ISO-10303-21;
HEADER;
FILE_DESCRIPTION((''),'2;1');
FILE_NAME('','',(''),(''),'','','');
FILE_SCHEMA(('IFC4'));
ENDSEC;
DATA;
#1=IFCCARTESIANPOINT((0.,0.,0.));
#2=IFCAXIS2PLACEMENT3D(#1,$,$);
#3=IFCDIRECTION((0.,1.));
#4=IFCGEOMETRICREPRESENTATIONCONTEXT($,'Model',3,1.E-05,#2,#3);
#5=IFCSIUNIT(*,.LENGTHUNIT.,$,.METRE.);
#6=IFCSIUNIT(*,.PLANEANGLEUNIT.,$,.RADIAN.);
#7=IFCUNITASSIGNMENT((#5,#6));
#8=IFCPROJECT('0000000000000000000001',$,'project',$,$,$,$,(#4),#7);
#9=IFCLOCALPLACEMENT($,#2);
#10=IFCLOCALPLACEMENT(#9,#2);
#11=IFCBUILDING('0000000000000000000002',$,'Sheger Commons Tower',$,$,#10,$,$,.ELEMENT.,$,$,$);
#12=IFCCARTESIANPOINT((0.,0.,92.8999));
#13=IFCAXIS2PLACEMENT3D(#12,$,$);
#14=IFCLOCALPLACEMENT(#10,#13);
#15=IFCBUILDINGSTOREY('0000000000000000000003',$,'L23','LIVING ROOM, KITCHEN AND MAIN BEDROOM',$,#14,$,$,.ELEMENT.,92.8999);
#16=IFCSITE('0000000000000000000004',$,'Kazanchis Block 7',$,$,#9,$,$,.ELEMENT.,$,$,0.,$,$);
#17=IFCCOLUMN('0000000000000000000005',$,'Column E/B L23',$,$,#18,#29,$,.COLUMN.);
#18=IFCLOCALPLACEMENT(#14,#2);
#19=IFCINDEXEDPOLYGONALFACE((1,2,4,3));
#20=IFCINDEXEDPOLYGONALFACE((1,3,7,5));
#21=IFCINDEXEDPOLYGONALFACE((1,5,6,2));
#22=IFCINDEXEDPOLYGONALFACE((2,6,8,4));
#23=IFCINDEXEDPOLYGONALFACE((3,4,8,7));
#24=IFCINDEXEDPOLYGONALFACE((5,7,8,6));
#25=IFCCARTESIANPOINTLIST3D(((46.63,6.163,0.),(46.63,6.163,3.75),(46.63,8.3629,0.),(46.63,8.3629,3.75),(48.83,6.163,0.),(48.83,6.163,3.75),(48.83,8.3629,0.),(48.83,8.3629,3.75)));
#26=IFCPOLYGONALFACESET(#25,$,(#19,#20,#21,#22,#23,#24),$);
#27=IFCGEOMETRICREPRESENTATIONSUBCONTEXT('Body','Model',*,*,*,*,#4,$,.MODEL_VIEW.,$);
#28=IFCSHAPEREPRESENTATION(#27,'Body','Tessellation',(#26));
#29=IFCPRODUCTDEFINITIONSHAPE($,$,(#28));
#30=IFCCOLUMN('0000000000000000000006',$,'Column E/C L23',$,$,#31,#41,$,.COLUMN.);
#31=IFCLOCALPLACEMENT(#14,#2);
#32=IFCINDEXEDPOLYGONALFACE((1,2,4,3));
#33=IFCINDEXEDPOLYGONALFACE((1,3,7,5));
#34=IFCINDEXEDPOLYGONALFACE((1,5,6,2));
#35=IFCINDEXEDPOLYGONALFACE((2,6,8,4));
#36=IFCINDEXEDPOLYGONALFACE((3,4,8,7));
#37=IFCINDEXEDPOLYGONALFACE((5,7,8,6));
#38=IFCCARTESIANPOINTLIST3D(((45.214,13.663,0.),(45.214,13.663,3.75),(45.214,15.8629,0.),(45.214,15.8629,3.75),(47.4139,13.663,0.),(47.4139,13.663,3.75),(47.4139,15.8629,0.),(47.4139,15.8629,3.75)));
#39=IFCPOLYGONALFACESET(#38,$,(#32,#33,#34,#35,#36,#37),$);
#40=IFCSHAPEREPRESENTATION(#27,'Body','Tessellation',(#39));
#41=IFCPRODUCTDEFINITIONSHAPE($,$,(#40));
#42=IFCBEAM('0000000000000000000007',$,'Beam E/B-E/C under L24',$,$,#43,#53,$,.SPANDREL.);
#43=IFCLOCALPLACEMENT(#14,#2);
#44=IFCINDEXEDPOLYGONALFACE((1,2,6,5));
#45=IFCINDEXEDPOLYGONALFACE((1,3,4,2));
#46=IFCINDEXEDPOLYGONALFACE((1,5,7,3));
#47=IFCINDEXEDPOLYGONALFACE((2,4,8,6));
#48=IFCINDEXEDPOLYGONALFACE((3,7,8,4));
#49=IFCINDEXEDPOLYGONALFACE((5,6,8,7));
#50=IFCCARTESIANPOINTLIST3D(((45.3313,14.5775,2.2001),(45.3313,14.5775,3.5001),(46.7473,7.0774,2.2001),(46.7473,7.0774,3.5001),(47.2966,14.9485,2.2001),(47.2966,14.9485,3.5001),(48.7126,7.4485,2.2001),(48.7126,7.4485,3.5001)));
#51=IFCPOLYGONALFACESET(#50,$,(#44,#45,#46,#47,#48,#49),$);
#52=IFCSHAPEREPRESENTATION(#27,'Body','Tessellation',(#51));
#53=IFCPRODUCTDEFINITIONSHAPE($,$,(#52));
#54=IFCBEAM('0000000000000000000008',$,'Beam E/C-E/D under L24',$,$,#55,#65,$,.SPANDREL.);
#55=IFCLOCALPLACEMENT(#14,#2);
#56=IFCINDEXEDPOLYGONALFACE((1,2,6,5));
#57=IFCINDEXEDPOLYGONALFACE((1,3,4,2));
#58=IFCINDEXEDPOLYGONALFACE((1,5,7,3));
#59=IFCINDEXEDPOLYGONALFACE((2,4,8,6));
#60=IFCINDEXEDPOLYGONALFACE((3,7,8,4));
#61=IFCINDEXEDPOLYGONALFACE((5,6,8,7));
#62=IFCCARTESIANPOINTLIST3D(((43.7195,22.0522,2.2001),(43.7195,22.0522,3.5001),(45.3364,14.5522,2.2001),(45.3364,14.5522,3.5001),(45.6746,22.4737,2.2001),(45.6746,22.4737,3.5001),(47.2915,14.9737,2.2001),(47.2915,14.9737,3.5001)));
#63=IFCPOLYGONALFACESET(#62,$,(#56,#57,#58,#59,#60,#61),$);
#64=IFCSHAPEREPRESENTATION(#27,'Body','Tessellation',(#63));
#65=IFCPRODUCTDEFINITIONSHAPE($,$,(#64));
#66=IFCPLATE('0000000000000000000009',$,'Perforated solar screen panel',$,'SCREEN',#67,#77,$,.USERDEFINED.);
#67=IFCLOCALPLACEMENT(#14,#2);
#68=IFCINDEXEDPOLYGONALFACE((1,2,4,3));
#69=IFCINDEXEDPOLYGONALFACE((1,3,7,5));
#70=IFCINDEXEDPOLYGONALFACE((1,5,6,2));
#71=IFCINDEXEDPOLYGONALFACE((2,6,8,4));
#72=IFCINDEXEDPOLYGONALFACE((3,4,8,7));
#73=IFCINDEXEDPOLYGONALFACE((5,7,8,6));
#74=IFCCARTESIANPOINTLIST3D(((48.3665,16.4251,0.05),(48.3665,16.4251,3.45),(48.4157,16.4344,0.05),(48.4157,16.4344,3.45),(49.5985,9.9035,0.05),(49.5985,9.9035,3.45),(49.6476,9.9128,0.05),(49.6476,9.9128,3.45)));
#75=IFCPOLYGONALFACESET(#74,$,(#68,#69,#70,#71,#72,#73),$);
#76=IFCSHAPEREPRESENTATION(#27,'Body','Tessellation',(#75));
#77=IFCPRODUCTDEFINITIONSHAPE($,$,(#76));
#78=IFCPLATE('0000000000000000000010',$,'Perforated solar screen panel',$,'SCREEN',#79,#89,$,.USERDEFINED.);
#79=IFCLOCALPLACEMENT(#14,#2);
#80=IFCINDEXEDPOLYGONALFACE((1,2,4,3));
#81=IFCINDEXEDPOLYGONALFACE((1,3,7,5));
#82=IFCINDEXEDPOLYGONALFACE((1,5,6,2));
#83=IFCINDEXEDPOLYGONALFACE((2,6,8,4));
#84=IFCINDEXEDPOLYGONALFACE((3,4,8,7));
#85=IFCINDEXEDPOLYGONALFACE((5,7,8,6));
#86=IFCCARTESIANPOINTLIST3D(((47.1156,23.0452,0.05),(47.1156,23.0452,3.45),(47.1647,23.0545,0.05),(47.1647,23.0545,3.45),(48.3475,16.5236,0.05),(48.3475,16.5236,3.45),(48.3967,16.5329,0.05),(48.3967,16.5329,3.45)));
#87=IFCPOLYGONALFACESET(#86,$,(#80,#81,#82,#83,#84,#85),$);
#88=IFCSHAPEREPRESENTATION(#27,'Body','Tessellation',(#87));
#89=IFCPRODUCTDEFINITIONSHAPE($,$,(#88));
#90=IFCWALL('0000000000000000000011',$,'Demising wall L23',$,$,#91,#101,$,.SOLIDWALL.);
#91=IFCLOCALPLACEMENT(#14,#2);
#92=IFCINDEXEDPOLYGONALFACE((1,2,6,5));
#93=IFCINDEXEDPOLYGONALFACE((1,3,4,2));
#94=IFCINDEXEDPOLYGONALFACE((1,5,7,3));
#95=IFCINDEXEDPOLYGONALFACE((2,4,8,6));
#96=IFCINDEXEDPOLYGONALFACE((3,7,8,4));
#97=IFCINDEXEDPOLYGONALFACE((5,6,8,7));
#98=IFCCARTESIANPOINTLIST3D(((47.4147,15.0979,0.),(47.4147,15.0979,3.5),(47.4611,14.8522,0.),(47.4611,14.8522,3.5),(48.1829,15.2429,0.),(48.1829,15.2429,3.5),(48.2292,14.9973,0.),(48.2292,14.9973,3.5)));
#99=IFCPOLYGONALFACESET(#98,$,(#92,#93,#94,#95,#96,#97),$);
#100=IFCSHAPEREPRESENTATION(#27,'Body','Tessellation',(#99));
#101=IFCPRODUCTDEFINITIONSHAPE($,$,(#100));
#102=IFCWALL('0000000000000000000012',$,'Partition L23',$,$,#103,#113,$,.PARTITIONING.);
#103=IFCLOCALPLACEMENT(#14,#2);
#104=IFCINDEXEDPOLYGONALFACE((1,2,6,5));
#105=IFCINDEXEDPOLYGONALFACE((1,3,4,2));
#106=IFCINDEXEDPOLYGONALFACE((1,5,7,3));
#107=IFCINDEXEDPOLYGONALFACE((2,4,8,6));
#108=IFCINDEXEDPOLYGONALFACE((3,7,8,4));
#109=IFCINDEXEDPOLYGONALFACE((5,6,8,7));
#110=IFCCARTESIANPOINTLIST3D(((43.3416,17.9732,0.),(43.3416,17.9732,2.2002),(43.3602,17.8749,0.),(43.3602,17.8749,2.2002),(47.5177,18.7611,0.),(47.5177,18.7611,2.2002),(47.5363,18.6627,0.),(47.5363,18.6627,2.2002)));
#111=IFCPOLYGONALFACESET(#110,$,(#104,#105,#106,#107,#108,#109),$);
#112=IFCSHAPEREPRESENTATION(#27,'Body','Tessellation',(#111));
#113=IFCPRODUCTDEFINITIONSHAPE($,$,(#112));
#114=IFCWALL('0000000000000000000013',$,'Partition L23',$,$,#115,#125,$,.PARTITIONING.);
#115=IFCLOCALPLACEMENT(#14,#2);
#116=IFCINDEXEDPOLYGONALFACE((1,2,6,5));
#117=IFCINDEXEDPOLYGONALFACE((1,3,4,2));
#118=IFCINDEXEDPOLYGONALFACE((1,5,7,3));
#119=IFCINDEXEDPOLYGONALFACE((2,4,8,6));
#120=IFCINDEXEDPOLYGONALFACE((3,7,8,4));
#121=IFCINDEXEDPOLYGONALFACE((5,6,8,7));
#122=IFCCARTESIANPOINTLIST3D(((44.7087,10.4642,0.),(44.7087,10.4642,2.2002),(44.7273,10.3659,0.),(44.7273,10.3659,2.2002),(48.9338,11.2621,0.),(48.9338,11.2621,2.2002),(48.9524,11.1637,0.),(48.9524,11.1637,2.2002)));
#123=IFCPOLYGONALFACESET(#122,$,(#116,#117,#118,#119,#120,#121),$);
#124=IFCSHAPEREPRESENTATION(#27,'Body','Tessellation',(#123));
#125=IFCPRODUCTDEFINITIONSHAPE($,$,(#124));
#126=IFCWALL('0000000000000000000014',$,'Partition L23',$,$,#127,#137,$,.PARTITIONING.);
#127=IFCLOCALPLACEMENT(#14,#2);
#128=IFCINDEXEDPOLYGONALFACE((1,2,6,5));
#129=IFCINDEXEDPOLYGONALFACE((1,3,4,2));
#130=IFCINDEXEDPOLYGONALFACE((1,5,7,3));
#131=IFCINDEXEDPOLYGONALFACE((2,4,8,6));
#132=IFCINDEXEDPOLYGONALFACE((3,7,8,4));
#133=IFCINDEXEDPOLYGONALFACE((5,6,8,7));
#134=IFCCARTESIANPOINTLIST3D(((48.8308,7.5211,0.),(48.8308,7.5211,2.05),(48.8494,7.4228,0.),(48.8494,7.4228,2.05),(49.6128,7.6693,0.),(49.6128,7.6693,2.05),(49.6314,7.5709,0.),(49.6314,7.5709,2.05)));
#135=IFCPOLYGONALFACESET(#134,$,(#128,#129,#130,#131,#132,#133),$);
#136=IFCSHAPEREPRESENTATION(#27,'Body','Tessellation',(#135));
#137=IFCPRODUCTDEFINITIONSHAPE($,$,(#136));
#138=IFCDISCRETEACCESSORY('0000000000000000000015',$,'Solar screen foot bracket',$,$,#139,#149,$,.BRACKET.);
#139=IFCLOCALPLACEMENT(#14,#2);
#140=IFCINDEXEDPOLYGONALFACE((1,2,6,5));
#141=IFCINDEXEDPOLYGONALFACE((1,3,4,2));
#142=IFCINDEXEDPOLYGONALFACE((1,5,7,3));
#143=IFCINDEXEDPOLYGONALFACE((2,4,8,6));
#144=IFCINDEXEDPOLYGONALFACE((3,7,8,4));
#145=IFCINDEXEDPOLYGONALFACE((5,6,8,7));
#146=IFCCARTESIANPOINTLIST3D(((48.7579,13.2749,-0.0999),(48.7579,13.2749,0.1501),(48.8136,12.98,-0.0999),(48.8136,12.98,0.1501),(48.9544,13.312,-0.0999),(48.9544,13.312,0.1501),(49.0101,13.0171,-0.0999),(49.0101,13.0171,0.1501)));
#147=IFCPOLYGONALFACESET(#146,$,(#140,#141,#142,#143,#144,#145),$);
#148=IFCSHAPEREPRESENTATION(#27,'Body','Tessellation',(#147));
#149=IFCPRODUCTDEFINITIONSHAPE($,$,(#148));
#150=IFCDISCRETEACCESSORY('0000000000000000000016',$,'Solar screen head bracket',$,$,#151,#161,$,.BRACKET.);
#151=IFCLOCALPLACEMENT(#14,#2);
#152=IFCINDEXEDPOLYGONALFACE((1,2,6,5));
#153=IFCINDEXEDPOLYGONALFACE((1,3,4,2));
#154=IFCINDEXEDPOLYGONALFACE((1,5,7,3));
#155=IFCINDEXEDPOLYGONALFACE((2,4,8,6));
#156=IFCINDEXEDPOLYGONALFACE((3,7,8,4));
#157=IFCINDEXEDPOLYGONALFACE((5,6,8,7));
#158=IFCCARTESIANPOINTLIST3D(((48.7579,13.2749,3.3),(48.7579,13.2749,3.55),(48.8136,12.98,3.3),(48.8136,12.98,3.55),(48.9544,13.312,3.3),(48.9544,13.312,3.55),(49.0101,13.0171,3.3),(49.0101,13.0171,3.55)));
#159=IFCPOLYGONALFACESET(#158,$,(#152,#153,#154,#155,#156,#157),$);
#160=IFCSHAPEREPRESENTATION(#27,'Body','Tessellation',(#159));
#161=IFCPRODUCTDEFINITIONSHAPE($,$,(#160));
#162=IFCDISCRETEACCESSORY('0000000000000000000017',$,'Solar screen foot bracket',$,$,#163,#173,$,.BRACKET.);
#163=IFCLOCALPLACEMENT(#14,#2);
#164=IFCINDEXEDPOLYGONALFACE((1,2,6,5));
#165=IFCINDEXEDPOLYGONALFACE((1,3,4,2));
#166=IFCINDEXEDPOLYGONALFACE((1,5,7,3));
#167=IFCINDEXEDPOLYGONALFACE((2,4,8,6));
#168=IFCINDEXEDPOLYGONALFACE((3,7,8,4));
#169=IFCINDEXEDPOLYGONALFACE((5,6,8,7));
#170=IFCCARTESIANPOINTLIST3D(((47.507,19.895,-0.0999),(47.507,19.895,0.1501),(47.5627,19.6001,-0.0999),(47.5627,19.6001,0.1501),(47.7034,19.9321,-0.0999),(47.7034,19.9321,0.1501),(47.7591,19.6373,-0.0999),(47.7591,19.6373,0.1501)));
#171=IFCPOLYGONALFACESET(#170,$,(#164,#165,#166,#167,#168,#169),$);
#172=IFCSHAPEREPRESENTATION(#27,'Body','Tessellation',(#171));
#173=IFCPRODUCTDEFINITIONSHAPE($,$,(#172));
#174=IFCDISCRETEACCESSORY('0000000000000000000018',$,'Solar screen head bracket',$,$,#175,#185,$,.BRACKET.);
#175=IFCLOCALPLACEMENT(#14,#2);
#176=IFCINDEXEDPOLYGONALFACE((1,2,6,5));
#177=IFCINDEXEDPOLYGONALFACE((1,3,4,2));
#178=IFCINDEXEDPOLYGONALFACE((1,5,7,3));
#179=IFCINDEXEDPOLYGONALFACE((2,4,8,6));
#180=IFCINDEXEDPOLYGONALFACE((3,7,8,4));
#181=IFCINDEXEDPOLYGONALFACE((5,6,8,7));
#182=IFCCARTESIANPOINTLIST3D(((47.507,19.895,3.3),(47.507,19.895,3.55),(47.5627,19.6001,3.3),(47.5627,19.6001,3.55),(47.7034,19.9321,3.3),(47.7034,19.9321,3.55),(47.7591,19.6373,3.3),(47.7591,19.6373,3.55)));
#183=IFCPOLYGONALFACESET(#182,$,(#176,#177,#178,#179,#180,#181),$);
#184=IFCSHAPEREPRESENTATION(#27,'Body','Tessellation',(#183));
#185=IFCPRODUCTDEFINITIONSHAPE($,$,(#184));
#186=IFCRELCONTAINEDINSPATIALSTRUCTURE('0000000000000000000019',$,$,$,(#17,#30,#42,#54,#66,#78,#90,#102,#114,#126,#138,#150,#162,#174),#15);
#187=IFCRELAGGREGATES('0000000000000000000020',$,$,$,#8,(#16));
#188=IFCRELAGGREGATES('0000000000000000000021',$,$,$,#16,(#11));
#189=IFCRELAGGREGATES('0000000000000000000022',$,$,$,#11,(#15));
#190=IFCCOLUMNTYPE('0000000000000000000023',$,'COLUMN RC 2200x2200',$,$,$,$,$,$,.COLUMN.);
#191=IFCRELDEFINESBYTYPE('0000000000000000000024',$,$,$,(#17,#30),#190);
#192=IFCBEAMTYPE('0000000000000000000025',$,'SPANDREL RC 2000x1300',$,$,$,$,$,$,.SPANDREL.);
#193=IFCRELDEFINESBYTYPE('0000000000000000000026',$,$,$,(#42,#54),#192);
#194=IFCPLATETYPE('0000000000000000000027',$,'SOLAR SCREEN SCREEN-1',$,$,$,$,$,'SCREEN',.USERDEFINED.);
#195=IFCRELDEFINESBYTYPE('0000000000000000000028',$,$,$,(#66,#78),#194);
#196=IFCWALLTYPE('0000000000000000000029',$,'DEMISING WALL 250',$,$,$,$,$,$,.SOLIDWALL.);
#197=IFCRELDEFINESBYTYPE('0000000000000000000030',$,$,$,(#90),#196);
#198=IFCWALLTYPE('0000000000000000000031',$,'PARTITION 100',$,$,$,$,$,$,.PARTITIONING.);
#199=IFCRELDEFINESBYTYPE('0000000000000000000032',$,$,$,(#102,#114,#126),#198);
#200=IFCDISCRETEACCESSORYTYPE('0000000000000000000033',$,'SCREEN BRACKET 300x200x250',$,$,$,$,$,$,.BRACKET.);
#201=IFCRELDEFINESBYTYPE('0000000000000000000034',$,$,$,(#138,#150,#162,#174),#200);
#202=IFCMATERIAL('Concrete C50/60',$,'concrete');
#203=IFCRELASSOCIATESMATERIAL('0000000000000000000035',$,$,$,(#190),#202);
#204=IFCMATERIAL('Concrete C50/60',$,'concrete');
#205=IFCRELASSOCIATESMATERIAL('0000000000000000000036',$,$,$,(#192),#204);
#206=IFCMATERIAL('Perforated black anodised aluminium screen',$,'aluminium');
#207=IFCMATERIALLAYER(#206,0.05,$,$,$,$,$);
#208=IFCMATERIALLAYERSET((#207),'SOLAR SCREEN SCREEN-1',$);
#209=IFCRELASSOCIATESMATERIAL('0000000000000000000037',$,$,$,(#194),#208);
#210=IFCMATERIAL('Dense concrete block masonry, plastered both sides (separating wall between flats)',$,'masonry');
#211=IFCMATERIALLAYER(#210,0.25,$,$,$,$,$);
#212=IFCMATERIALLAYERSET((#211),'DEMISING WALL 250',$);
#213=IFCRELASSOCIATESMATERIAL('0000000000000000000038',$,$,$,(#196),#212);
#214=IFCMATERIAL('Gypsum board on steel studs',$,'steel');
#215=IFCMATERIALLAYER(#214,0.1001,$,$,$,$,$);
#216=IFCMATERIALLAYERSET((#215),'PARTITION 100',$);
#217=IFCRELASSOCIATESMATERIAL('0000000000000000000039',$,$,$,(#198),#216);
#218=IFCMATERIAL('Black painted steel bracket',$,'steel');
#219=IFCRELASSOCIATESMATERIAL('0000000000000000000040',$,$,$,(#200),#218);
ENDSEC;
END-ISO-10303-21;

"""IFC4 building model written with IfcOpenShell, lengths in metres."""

from ifc_helpers import new_model, si_unit, direction, frame, frame_2d, origin, origin_2d, place, context, subcontext, project, spatial, rectangle, extrude, material, layer, layer_set, material_profile, profile_set, type_object, element, save


model = new_model("IFC4")

# Units and contexts
model_context = context("Model", 3, precision=1e-05, world=origin(), true_north=direction((0.0, 1.0)))
body_context = subcontext(model_context, "Body", "Model", "MODEL_VIEW")
ifc_project = project(units=[si_unit("LENGTHUNIT", "METRE"), si_unit("PLANEANGLEUNIT", "RADIAN")], contexts=[model_context])

# Site, building, storey
site_placement = place(None, origin())
site = spatial("IfcSite", under=ifc_project, at=site_placement, Name="Kazanchis Block 7", CompositionType="ELEMENT", RefElevation=0.0)
building_placement = place(site_placement, origin())
building = spatial("IfcBuilding", under=site, at=building_placement, Name="Sheger Commons Tower", CompositionType="ELEMENT")
storey_placement = place(building_placement, frame((0.0, 0.0, 92.8999)))
storey = spatial("IfcBuildingStorey", under=building, at=storey_placement, Name="L23", Description="LIVING ROOM, KITCHEN AND MAIN BEDROOM", CompositionType="ELEMENT", Elevation=92.8999)

# Columns
ifc_material_1 = material(Name="Concrete C50/60", Category="concrete")
ifc_material_profile_1 = material_profile(ifc_material_1, rectangle(XDim=2.2, YDim=2.2, at=origin_2d()), Name="RC 2200x2200")
ifc_profile_set_1 = profile_set([ifc_material_profile_1], Name="Concrete C50/60")
column_type = type_object("IfcColumnType", Name="COLUMN RC 2200x2200", PredefinedType="COLUMN", material=ifc_profile_set_1)
for number, where, z_axis, x_axis, name in (
    (1, (47.73, 7.2629, 0.0), (0.0, 0.0, 1.0), (1.0, 0.0, 0.0), "Column E/B L23"),
    (2, (46.314, 14.7629, 0.0), (0.0, 0.0, 1.0), (1.0, 0.0, 0.0), "Column E/C L23"),
):
    element("IfcColumn", number, at=place(storey_placement, frame(where, z_axis=z_axis, x_axis=x_axis)), inside=storey, type_object=column_type, Name=name, PredefinedType="COLUMN", context=body_context, shape_type="SweptSolid", body=[
        extrude(rectangle(XDim=2.2, YDim=2.2, at=origin_2d()), origin(), (0.0, 0.0, 1.0), 3.75),
    ])

# Beams
ifc_material_2 = material(Name="Concrete C50/60", Category="concrete")
ifc_material_profile_2 = material_profile(ifc_material_2, rectangle(XDim=2.0, YDim=1.3, at=origin_2d()), Name="RC 2000x1300")
ifc_profile_set_2 = profile_set([ifc_material_profile_2], Name="Concrete C50/60")
beam_type = type_object("IfcBeamType", Name="SPANDREL RC 2000x1300", PredefinedType="SPANDREL", material=ifc_profile_set_2)
beam_1_placement = place(storey_placement, frame((47.73, 7.2629, 2.8501), z_axis=(-0.185524, 0.98264, 0.0), x_axis=(-0.98264, -0.185524, 0.0)))
element("IfcBeam", 3, at=beam_1_placement, inside=storey, type_object=beam_type, Name="Beam E/B-E/C under L24", PredefinedType="SPANDREL", context=body_context, shape_type="SweptSolid", body=[
    extrude(rectangle(XDim=2.0, YDim=1.3, at=origin_2d()), origin(), (0.0, 0.0, 1.0), 7.6326),
])
beam_2_placement = place(storey_placement, frame((46.314, 14.7629, 2.8501), z_axis=(-0.21075, 0.97754, 0.0), x_axis=(-0.97754, -0.21075, 0.0)))
element("IfcBeam", 4, at=beam_2_placement, inside=storey, type_object=beam_type, Name="Beam E/C-E/D under L24", PredefinedType="SPANDREL", context=body_context, shape_type="SweptSolid", body=[
    extrude(rectangle(XDim=2.0, YDim=1.3, at=origin_2d()), origin(), (0.0, 0.0, 1.0), 7.6724),
])

# Plates
ifc_material_3 = material(Name="Perforated black anodised aluminium screen", Category="aluminium")
ifc_layer_1 = layer(ifc_material_3, 0.05)
ifc_layer_set_1 = layer_set([ifc_layer_1], Name="SOLAR SCREEN SCREEN-1")
plate_type = type_object("IfcPlateType", Name="SOLAR SCREEN SCREEN-1", ElementType="SCREEN", PredefinedType="USERDEFINED", material=ifc_layer_set_1)
for number, where, z_axis, x_axis, name in (
    (5, (49.0071, 13.1689, 0.05), (0.0, 0.0, 1.0), (-0.185615, 0.982623, 0.0), "Perforated solar screen panel"),
    (6, (47.7561, 19.7891, 0.05), (0.0, 0.0, 1.0), (-0.185615, 0.982623, 0.0), "Perforated solar screen panel"),
):
    element("IfcPlate", number, at=place(storey_placement, frame(where, z_axis=z_axis, x_axis=x_axis)), inside=storey, type_object=plate_type, Name=name, ObjectType="SCREEN", PredefinedType="USERDEFINED", context=body_context, shape_type="SweptSolid", body=[
        extrude(rectangle(XDim=6.637, YDim=0.05, at=origin_2d()), origin(), (0.0, 0.0, 1.0), 3.3999),
    ])

# Walls
ifc_material_4 = material(Name="Dense concrete block masonry, plastered both sides (separating wall between flats)", Category="masonry")
ifc_layer_2 = layer(ifc_material_4, 0.25)
ifc_layer_set_2 = layer_set([ifc_layer_2], Name="DEMISING WALL 250")
wall_type_1 = type_object("IfcWallType", Name="DEMISING WALL 250", PredefinedType="SOLIDWALL", material=ifc_layer_set_2)
wall_1_placement = place(storey_placement, frame((48.2061, 15.1201, 0.0), z_axis=(0.0, 0.0, 1.0), x_axis=(-0.982638, -0.185533, 0.0)))
element("IfcWall", 7, at=wall_1_placement, inside=storey, type_object=wall_type_1, Name="Demising wall L23", PredefinedType="SOLIDWALL", context=body_context, shape_type="SweptSolid", body=[
    extrude(rectangle(XDim=0.7817, YDim=0.25, at=frame_2d((0.3909, 0.0))), origin(), (0.0, 0.0, 1.0), 3.5),
])
ifc_material_5 = material(Name="Gypsum board on steel studs", Category="steel")
ifc_layer_3 = layer(ifc_material_5, 0.1001)
ifc_layer_set_3 = layer_set([ifc_layer_3], Name="PARTITION 100")
wall_type_2 = type_object("IfcWallType", Name="PARTITION 100", PredefinedType="PARTITIONING", material=ifc_layer_set_3)
wall_2_placement = place(storey_placement, frame((47.5271, 18.7119, 0.0), z_axis=(0.0, 0.0, 1.0), x_axis=(-0.982665, -0.185388, 0.0)))
element("IfcWall", 8, at=wall_2_placement, inside=storey, type_object=wall_type_2, Name="Partition L23", PredefinedType="PARTITIONING", context=body_context, shape_type="SweptSolid", body=[
    extrude(rectangle(XDim=4.2498, YDim=0.1001, at=frame_2d((2.125, 0.0))), origin(), (0.0, 0.0, 1.0), 2.2002),
])
wall_3_placement = place(storey_placement, frame((48.9431, 11.2129, 0.0), z_axis=(0.0, 0.0, 1.0), x_axis=(-0.982634, -0.185557, 0.0)))
element("IfcWall", 9, at=wall_3_placement, inside=storey, type_object=wall_type_2, Name="Partition L23", PredefinedType="PARTITIONING", context=body_context, shape_type="SweptSolid", body=[
    extrude(rectangle(XDim=4.2998, YDim=0.1001, at=frame_2d((2.1499, 0.0))), origin(), (0.0, 0.0, 1.0), 2.2002),
])
wall_4_placement = place(storey_placement, frame((49.6221, 7.6201, 0.0), z_axis=(0.0, 0.0, 1.0), x_axis=(-0.982513, -0.186196, 0.0)))
element("IfcWall", 10, at=wall_4_placement, inside=storey, type_object=wall_type_2, Name="Partition L23", PredefinedType="PARTITIONING", context=body_context, shape_type="SweptSolid", body=[
    extrude(rectangle(XDim=0.7959, YDim=0.1001, at=frame_2d((0.3979, 0.0))), origin(), (0.0, 0.0, 1.0), 2.05),
])

# Discrete accessories
ifc_material_6 = material(Name="Black painted steel bracket", Category="steel")
discrete_accessory_type = type_object("IfcDiscreteAccessoryType", Name="SCREEN BRACKET 300x200x250", PredefinedType="BRACKET", material=ifc_material_6)
for number, where, z_axis, x_axis, name in (
    (11, (48.884, 13.146, -0.0999), (0.0, 0.0, 1.0), (-0.185615, 0.982623, 0.0), "Solar screen foot bracket"),
    (12, (48.884, 13.146, 3.3), (0.0, 0.0, 1.0), (-0.185615, 0.982623, 0.0), "Solar screen head bracket"),
    (13, (47.6331, 19.7661, -0.0999), (0.0, 0.0, 1.0), (-0.185615, 0.982623, 0.0), "Solar screen foot bracket"),
    (14, (47.6331, 19.7661, 3.3), (0.0, 0.0, 1.0), (-0.185615, 0.982623, 0.0), "Solar screen head bracket"),
):
    element("IfcDiscreteAccessory", number, at=place(storey_placement, frame(where, z_axis=z_axis, x_axis=x_axis)), inside=storey, type_object=discrete_accessory_type, Name=name, PredefinedType="BRACKET", context=body_context, shape_type="SweptSolid", body=[
        extrude(rectangle(XDim=0.3, YDim=0.2, at=origin_2d()), origin(), (0.0, 0.0, 1.0), 0.25),
    ])

save(model, "model.ifc")
